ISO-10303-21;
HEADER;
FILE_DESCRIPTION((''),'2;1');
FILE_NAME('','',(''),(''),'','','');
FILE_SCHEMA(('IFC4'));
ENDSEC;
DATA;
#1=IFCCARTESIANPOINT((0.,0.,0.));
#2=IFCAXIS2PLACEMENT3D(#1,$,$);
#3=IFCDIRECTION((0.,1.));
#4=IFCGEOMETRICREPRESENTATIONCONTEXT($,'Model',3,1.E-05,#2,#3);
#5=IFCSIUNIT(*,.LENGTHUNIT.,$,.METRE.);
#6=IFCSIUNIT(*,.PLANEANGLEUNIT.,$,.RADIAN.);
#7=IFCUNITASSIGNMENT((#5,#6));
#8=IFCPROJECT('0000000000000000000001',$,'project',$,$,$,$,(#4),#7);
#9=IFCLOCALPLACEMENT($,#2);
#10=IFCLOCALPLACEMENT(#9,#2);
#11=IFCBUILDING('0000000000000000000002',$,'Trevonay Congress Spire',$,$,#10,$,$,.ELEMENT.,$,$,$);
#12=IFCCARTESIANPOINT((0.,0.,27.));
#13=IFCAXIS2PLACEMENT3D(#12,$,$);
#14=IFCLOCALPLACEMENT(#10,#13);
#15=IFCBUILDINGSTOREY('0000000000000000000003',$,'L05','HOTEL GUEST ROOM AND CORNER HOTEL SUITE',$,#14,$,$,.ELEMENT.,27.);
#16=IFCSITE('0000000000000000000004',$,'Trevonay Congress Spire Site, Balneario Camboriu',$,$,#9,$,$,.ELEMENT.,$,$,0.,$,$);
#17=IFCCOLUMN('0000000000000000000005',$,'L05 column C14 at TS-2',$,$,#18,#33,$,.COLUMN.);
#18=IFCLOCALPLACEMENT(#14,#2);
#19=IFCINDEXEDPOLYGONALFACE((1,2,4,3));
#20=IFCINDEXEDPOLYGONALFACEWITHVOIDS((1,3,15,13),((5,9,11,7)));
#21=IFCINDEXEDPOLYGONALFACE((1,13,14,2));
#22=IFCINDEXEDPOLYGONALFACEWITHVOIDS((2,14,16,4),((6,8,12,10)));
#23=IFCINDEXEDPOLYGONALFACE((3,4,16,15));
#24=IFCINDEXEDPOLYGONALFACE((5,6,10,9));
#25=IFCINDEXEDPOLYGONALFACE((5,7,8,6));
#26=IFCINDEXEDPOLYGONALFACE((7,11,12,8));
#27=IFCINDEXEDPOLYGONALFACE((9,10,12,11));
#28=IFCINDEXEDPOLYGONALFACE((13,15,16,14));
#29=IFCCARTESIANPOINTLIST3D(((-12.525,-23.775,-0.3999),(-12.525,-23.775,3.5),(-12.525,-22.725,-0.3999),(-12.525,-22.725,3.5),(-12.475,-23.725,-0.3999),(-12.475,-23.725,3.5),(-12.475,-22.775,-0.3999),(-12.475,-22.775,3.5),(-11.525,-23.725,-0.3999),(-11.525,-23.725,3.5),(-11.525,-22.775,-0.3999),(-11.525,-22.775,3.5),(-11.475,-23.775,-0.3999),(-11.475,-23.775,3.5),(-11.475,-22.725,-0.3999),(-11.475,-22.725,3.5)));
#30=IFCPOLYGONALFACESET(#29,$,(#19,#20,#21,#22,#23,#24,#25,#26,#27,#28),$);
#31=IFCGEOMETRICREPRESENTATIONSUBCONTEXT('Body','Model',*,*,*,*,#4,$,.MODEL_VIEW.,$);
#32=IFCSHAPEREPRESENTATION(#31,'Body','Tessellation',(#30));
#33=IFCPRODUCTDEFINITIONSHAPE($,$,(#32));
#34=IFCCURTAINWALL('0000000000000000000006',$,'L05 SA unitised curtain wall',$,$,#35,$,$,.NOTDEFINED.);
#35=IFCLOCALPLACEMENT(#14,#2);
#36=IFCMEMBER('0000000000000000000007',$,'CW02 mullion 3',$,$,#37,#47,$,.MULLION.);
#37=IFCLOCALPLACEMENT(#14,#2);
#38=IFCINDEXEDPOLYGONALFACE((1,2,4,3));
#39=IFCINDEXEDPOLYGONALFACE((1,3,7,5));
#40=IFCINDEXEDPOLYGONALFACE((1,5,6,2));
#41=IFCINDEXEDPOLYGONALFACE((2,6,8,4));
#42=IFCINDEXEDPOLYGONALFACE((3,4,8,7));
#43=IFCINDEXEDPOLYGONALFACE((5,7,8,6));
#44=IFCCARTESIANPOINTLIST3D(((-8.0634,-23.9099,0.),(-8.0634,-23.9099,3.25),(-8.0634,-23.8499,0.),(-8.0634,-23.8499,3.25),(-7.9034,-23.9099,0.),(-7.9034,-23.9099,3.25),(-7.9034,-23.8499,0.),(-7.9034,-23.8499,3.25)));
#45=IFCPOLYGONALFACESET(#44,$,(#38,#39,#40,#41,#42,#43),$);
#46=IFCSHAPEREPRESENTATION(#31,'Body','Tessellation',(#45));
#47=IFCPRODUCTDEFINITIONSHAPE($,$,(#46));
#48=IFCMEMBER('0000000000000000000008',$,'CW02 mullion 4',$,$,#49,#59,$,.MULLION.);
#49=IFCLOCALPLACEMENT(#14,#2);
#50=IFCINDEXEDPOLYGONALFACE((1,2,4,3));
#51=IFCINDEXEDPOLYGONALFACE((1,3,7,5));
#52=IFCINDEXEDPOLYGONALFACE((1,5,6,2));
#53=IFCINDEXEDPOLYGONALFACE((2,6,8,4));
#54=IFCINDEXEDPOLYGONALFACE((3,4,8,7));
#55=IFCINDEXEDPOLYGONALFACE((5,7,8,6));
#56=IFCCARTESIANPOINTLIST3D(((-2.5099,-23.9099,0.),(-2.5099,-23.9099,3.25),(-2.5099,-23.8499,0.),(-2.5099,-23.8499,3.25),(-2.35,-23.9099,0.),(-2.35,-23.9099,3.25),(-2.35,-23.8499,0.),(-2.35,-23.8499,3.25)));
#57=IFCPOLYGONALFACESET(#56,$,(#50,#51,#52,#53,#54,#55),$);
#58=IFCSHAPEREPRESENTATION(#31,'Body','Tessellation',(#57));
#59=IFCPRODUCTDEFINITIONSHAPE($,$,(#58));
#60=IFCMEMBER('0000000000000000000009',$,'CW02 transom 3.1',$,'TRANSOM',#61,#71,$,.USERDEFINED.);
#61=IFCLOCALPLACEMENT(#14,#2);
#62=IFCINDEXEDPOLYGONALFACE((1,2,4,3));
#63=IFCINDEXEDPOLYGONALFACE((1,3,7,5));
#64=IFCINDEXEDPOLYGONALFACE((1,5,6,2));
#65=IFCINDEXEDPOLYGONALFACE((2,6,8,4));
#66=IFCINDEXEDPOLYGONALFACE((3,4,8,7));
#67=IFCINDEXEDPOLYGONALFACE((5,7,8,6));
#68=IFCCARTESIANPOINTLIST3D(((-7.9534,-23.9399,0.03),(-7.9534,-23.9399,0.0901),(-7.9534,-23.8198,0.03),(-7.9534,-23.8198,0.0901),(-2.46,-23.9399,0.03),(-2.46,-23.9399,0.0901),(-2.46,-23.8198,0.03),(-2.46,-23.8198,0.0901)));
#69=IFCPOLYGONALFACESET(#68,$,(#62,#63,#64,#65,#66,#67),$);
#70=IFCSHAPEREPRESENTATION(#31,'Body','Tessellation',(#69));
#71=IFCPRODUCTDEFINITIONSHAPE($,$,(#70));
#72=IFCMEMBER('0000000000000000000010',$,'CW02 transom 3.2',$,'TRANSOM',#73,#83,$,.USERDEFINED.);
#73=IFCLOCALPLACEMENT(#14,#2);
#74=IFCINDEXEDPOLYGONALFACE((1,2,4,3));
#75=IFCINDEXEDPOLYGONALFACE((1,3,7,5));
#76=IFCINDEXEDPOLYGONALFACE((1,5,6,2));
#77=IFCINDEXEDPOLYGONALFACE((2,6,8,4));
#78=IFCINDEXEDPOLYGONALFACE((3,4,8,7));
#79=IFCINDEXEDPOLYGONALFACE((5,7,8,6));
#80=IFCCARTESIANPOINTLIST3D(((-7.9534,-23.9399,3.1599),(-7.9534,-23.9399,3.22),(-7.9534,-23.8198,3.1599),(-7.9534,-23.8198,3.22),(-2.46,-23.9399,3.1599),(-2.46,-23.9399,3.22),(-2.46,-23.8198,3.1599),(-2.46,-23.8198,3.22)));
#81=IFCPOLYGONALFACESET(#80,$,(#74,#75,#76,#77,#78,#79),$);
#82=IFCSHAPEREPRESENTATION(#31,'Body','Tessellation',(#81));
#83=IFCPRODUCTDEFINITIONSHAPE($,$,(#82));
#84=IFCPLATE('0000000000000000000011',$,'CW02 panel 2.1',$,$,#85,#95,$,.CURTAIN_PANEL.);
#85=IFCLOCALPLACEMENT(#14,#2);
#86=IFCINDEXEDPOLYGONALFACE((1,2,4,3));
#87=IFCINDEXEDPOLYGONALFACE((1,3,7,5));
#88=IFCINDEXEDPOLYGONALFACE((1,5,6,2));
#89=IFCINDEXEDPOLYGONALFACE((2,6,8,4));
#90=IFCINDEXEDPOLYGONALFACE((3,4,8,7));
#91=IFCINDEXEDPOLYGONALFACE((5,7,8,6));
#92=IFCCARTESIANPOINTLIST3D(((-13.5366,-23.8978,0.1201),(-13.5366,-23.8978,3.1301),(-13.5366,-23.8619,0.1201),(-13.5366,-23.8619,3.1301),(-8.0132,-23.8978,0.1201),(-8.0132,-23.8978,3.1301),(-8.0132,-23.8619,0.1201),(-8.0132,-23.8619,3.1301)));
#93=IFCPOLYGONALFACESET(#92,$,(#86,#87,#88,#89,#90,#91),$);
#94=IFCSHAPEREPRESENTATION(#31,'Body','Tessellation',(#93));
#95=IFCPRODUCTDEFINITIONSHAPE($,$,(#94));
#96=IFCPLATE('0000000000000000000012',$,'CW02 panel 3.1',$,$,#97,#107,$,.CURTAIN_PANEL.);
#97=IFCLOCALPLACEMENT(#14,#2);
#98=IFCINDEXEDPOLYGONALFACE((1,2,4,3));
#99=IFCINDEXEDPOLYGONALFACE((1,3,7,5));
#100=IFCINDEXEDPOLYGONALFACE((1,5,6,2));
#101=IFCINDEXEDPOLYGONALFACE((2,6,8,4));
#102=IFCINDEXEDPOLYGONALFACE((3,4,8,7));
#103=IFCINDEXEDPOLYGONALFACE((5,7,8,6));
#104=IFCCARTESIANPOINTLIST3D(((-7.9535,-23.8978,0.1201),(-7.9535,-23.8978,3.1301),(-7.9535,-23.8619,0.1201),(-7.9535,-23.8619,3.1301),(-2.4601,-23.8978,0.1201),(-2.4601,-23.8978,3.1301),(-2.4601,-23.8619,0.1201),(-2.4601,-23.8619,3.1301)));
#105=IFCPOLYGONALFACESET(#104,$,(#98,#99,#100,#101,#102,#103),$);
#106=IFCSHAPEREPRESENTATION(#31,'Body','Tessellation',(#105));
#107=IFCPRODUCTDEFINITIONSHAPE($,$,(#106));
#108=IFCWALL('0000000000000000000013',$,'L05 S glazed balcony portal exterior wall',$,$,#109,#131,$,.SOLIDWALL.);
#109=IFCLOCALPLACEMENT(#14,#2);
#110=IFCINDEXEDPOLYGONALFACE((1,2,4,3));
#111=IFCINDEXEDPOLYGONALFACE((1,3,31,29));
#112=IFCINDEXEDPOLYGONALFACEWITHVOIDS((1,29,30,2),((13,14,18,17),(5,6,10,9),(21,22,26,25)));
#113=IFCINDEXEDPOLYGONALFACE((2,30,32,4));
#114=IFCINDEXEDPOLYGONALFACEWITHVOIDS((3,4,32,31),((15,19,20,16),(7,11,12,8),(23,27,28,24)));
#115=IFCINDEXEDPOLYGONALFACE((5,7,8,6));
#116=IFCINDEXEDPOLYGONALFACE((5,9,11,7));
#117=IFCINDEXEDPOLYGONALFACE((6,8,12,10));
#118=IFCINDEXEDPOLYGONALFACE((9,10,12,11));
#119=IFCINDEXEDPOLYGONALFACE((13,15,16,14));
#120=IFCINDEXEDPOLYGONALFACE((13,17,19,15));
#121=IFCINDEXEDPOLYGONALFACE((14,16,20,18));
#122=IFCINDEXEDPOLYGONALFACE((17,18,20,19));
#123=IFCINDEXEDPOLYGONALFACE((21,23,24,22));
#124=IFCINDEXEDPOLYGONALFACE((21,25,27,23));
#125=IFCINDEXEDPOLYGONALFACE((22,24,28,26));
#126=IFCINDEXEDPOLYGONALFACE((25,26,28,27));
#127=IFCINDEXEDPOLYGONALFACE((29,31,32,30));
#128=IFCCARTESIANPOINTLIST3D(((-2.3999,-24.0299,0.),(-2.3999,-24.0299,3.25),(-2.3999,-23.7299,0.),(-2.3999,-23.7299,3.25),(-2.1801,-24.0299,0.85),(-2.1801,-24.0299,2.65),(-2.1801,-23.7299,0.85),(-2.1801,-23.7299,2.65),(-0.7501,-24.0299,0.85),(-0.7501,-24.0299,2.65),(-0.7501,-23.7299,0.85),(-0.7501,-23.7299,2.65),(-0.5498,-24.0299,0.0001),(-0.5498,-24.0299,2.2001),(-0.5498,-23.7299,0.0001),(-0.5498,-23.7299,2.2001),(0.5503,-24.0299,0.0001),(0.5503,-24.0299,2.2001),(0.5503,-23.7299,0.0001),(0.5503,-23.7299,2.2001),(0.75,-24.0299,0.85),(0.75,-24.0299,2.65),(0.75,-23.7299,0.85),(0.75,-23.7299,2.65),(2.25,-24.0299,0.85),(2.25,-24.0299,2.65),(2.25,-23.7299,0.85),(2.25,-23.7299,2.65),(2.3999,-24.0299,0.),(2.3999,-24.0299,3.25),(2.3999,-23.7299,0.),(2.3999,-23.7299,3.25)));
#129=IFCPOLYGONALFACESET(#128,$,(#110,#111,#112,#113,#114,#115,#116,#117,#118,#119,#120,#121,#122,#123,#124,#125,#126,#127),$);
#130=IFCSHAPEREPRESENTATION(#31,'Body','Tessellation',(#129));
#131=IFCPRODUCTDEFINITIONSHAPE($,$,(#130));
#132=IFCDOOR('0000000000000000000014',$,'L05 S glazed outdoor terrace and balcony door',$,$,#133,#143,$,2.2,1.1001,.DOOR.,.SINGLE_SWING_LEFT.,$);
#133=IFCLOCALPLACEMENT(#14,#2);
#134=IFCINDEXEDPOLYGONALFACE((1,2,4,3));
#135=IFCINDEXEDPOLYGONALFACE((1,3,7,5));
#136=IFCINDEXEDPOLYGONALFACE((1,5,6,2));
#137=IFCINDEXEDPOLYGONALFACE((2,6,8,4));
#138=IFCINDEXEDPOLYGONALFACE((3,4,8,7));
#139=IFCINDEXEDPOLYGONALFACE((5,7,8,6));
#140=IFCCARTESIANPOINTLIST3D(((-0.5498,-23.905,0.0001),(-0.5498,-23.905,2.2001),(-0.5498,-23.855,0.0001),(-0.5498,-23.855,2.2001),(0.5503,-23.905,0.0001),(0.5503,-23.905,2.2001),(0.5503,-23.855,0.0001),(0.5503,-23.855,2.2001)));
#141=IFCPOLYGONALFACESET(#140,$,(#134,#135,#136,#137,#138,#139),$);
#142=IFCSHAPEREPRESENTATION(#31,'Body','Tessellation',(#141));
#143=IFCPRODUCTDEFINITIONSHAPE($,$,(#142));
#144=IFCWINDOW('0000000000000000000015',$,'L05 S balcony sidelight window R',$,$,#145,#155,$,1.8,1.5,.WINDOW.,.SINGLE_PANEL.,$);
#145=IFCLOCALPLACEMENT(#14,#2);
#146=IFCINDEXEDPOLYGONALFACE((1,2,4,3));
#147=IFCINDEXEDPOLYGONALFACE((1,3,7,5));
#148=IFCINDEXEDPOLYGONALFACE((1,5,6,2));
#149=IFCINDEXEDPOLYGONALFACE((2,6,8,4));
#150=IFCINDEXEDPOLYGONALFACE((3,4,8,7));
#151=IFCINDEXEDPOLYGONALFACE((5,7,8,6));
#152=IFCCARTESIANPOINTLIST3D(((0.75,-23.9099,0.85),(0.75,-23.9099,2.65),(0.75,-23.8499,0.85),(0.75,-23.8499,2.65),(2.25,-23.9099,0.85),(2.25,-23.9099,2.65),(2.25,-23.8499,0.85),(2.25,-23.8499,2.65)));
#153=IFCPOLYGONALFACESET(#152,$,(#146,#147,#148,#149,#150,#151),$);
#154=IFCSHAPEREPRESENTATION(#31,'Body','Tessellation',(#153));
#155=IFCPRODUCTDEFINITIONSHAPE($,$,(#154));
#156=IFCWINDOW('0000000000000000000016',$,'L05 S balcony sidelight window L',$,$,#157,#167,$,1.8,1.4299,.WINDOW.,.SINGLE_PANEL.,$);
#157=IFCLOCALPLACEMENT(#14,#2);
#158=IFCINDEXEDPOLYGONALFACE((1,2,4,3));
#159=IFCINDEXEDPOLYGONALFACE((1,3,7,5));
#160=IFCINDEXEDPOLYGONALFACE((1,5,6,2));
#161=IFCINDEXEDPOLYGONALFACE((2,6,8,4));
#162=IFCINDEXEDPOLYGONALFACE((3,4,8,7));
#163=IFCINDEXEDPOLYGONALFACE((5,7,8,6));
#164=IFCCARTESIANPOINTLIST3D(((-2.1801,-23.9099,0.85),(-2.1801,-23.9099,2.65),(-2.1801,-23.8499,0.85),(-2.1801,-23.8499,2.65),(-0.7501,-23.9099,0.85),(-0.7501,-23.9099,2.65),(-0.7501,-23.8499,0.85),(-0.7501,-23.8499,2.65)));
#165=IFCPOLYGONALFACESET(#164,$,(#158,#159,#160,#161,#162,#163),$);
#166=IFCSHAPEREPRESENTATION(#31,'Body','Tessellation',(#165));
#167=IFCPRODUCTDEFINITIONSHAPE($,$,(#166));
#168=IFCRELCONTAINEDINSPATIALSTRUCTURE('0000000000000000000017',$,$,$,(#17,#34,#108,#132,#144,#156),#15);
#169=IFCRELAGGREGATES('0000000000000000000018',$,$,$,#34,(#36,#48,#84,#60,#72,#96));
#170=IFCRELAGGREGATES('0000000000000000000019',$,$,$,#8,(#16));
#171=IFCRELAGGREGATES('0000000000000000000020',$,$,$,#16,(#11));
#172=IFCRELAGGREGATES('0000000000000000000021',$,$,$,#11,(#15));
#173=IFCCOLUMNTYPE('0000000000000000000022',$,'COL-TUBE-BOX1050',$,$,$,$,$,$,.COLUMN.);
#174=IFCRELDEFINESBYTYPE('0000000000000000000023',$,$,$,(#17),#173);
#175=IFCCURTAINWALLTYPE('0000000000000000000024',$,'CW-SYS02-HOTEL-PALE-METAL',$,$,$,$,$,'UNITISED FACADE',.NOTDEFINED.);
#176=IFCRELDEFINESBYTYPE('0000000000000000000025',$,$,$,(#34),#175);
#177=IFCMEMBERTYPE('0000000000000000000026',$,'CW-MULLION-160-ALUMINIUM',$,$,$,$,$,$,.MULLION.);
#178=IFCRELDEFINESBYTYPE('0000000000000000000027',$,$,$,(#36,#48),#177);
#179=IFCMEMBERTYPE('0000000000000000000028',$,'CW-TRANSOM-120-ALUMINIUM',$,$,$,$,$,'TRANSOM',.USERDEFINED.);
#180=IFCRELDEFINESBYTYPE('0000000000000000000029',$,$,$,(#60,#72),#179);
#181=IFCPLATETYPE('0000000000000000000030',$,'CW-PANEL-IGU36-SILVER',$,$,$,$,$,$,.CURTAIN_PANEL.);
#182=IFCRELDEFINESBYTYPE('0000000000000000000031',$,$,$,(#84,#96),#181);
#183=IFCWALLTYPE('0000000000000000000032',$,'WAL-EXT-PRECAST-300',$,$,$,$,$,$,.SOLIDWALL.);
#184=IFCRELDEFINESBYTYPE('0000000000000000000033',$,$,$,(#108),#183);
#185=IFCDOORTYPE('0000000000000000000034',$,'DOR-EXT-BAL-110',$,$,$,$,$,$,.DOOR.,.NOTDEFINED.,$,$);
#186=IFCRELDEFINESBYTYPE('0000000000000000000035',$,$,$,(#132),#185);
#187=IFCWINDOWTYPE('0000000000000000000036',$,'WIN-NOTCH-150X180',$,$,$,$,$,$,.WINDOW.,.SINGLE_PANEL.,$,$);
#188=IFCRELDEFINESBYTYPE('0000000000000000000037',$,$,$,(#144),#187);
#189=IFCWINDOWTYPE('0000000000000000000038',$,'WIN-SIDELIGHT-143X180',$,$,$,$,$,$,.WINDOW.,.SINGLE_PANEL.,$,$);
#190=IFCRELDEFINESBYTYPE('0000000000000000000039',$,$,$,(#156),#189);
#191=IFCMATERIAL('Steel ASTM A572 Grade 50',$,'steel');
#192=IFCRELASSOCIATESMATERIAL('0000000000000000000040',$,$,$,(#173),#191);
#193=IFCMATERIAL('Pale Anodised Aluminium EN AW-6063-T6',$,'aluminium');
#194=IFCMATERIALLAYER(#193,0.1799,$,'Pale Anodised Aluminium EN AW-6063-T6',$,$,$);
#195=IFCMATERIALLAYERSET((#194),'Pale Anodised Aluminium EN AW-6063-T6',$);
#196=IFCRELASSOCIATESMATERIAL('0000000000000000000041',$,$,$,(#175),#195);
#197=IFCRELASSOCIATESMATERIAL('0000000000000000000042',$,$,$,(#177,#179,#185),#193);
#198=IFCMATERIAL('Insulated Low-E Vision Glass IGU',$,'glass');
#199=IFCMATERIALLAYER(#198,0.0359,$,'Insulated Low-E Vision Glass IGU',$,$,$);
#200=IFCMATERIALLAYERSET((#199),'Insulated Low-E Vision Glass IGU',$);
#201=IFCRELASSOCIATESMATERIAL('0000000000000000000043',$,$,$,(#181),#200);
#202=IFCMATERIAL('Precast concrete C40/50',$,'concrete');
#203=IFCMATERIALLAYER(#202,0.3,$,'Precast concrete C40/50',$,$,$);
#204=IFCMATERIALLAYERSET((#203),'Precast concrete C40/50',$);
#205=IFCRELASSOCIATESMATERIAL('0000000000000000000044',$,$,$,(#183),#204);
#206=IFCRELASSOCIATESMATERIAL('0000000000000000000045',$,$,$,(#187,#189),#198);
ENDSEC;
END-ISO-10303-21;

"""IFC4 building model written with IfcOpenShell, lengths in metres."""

from ifc_helpers import new_model, si_unit, direction, frame, frame_2d, origin, origin_2d, place, context, subcontext, project, spatial, rectangle, hollow_rectangle, extrude, material, layer, layer_set, material_profile, profile_set, type_object, element, fill, aggregate, save


model = new_model("IFC4")

# Units and contexts
model_context = context("Model", 3, precision=1e-05, world=origin(), true_north=direction((0.0, 1.0)))
body_context = subcontext(model_context, "Body", "Model", "MODEL_VIEW")
ifc_project = project(units=[si_unit("LENGTHUNIT", "METRE"), si_unit("PLANEANGLEUNIT", "RADIAN")], contexts=[model_context])

# Site, building, storey
site_placement = place(None, origin())
site = spatial("IfcSite", under=ifc_project, at=site_placement, Name="Trevonay Congress Spire Site, Balneario Camboriu", CompositionType="ELEMENT", RefElevation=0.0)
building_placement = place(site_placement, origin())
building = spatial("IfcBuilding", under=site, at=building_placement, Name="Trevonay Congress Spire", CompositionType="ELEMENT")
storey_placement = place(building_placement, frame((0.0, 0.0, 27.0)))
storey = spatial("IfcBuildingStorey", under=building, at=storey_placement, Name="L05", Description="HOTEL GUEST ROOM AND CORNER HOTEL SUITE", CompositionType="ELEMENT", Elevation=27.0)

# Column
ifc_material_1 = material(Name="Steel ASTM A572 Grade 50", Category="steel")
ifc_material_profile_1 = material_profile(ifc_material_1, hollow_rectangle(XDim=1.05, YDim=1.05, WallThickness=0.05, at=origin_2d()), Name="BOX 1050x1050x50")
ifc_profile_set_1 = profile_set([ifc_material_profile_1], Name="Steel ASTM A572 Grade 50")
column_type = type_object("IfcColumnType", Name="COL-TUBE-BOX1050", PredefinedType="COLUMN", material=ifc_profile_set_1)
column_placement = place(storey_placement, frame((-12.0, -23.25, -0.3999), z_axis=(0.0, 0.0, 1.0), x_axis=(1.0, 0.0, 0.0)))
element("IfcColumn", 1, at=column_placement, inside=storey, type_object=column_type, Name="L05 column C14 at TS-2", PredefinedType="COLUMN", context=body_context, shape_type="SweptSolid", body=[
    extrude(hollow_rectangle(XDim=1.05, YDim=1.05, WallThickness=0.05, at=origin_2d()), origin(), (0.0, 0.0, 1.0), 3.8999),
])

# Curtain wall, members, plates
ifc_material_2 = material(Name="Pale Anodised Aluminium EN AW-6063-T6", Category="aluminium")
ifc_layer_1 = layer(ifc_material_2, 0.1799, Name="Pale Anodised Aluminium EN AW-6063-T6")
ifc_layer_set_1 = layer_set([ifc_layer_1], Name="Pale Anodised Aluminium EN AW-6063-T6")
curtain_wall_type = type_object("IfcCurtainWallType", Name="CW-SYS02-HOTEL-PALE-METAL", ElementType="UNITISED FACADE", PredefinedType="NOTDEFINED", material=ifc_layer_set_1)
curtain_wall_placement = place(storey_placement, origin())
curtain_wall = element("IfcCurtainWall", 2, at=curtain_wall_placement, inside=storey, type_object=curtain_wall_type, Name="L05 SA unitised curtain wall", PredefinedType="NOTDEFINED")
ifc_material_profile_2 = material_profile(ifc_material_2, rectangle(XDim=0.0601, YDim=0.1599, at=origin_2d()), Name="CW-MULLION-160-ALUMINIUM")
ifc_profile_set_2 = profile_set([ifc_material_profile_2], Name="Pale Anodised Aluminium EN AW-6063-T6")
member_type_1 = type_object("IfcMemberType", Name="CW-MULLION-160-ALUMINIUM", PredefinedType="MULLION", material=ifc_profile_set_2)
member_1_placement = place(storey_placement, frame((-7.9834, -23.8799, 0.0), z_axis=(0.0, 0.0, 1.0), x_axis=(0.0, 1.0, 0.0)))
member_1 = element("IfcMember", 3, at=member_1_placement, type_object=member_type_1, Name="CW02 mullion 3", PredefinedType="MULLION", context=body_context, shape_type="SweptSolid", body=[
    extrude(rectangle(XDim=0.0601, YDim=0.1599, at=origin_2d()), origin(), (0.0, 0.0, 1.0), 3.25),
])
member_2_placement = place(storey_placement, frame((-2.4299, -23.8799, 0.0), z_axis=(0.0, 0.0, 1.0), x_axis=(0.0, 1.0, 0.0)))
member_2 = element("IfcMember", 4, at=member_2_placement, type_object=member_type_1, Name="CW02 mullion 4", PredefinedType="MULLION", context=body_context, shape_type="SweptSolid", body=[
    extrude(rectangle(XDim=0.0601, YDim=0.1599, at=origin_2d()), origin(), (0.0, 0.0, 1.0), 3.25),
])
ifc_material_profile_3 = material_profile(ifc_material_2, rectangle(XDim=0.1201, YDim=0.0601, at=origin_2d()), Name="CW-TRANSOM-120-ALUMINIUM")
ifc_profile_set_3 = profile_set([ifc_material_profile_3], Name="Pale Anodised Aluminium EN AW-6063-T6")
member_type_2 = type_object("IfcMemberType", Name="CW-TRANSOM-120-ALUMINIUM", ElementType="TRANSOM", PredefinedType="USERDEFINED", material=ifc_profile_set_3)
member_3_placement = place(storey_placement, frame((-7.9534, -23.8799, 0.0601), z_axis=(1.0, 0.0, 0.0), x_axis=(0.0, 1.0, 0.0)))
member_3 = element("IfcMember", 5, at=member_3_placement, type_object=member_type_2, Name="CW02 transom 3.1", ObjectType="TRANSOM", PredefinedType="USERDEFINED", context=body_context, shape_type="SweptSolid", body=[
    extrude(rectangle(XDim=0.1201, YDim=0.0601, at=origin_2d()), origin(), (0.0, 0.0, 1.0), 5.4934),
])
member_4_placement = place(storey_placement, frame((-7.9534, -23.8799, 3.1899), z_axis=(1.0, 0.0, 0.0), x_axis=(0.0, 1.0, 0.0)))
member_4 = element("IfcMember", 6, at=member_4_placement, type_object=member_type_2, Name="CW02 transom 3.2", ObjectType="TRANSOM", PredefinedType="USERDEFINED", context=body_context, shape_type="SweptSolid", body=[
    extrude(rectangle(XDim=0.1201, YDim=0.0601, at=origin_2d()), origin(), (0.0, 0.0, 1.0), 5.4934),
])
ifc_material_3 = material(Name="Insulated Low-E Vision Glass IGU", Category="glass")
ifc_layer_2 = layer(ifc_material_3, 0.0359, Name="Insulated Low-E Vision Glass IGU")
ifc_layer_set_2 = layer_set([ifc_layer_2], Name="Insulated Low-E Vision Glass IGU")
plate_type = type_object("IfcPlateType", Name="CW-PANEL-IGU36-SILVER", PredefinedType="CURTAIN_PANEL", material=ifc_layer_set_2)
plate_1_placement = place(storey_placement, frame((-10.7749, -23.8799, 0.1201), z_axis=(0.0, 0.0, 1.0), x_axis=(1.0, 0.0, 0.0)))
plate_1 = element("IfcPlate", 7, at=plate_1_placement, type_object=plate_type, Name="CW02 panel 2.1", PredefinedType="CURTAIN_PANEL", context=body_context, shape_type="SweptSolid", body=[
    extrude(rectangle(XDim=5.5234, YDim=0.0359, at=origin_2d()), origin(), (0.0, 0.0, 1.0), 3.01),
])
plate_2_placement = place(storey_placement, frame((-5.2068, -23.8799, 0.1201), z_axis=(0.0, 0.0, 1.0), x_axis=(1.0, 0.0, 0.0)))
plate_2 = element("IfcPlate", 8, at=plate_2_placement, type_object=plate_type, Name="CW02 panel 3.1", PredefinedType="CURTAIN_PANEL", context=body_context, shape_type="SweptSolid", body=[
    extrude(rectangle(XDim=5.4934, YDim=0.0359, at=origin_2d()), origin(), (0.0, 0.0, 1.0), 3.01),
])
aggregate(curtain_wall, [member_1, member_2, plate_1, member_3, member_4, plate_2])

# Wall, openings, door, windows
ifc_material_4 = material(Name="Precast concrete C40/50", Category="concrete")
ifc_layer_3 = layer(ifc_material_4, 0.3, Name="Precast concrete C40/50")
ifc_layer_set_3 = layer_set([ifc_layer_3], Name="Precast concrete C40/50")
wall_type_1 = type_object("IfcWallType", Name="WAL-EXT-PRECAST-300", PredefinedType="SOLIDWALL", material=ifc_layer_set_3)
wall_1_placement = place(storey_placement, frame((-2.3999, -23.8799, 0.0), z_axis=(0.0, 0.0, 1.0), x_axis=(1.0, 0.0, 0.0)))
wall_1 = element("IfcWall", 9, at=wall_1_placement, inside=storey, type_object=wall_type_1, Name="L05 S glazed balcony portal exterior wall", PredefinedType="SOLIDWALL", context=body_context, shape_type="SweptSolid", body=[
    extrude(rectangle(XDim=4.7998, YDim=0.3, at=frame_2d((2.3999, 0.0))), origin(), (0.0, 0.0, 1.0), 3.25),
])
opening_1_placement = place(wall_1_placement, frame((1.8501, 0.0, 0.0)))
opening_1 = element("IfcOpeningElement", 10, at=opening_1_placement, cuts=wall_1, PredefinedType="OPENING", context=body_context, shape_type="SweptSolid", body=[
    extrude(rectangle(XDim=1.1001, YDim=2.2, at=frame_2d((0.55, 1.1001))), frame((0.0, 0.1602, 0.0), z_axis=(0.0, -1.0, 0.0), x_axis=(1.0, 0.0, 0.0)), (0.0, 0.0, 1.0), 0.3201),
])
opening_2_placement = place(wall_1_placement, frame((0.22, 0.0, 0.8501)))
opening_2 = element("IfcOpeningElement", 11, at=opening_2_placement, cuts=wall_1, PredefinedType="OPENING", context=body_context, shape_type="SweptSolid", body=[
    extrude(rectangle(XDim=1.4299, YDim=1.8, at=frame_2d((0.7148, 0.8999))), frame((0.0, 0.1602, 0.0), z_axis=(0.0, -1.0, 0.0), x_axis=(1.0, 0.0, 0.0)), (0.0, 0.0, 1.0), 0.3201),
])
opening_3_placement = place(wall_1_placement, frame((3.1499, 0.0, 0.8501)))
opening_3 = element("IfcOpeningElement", 12, at=opening_3_placement, cuts=wall_1, PredefinedType="OPENING", context=body_context, shape_type="SweptSolid", body=[
    extrude(rectangle(XDim=1.5, YDim=1.8, at=frame_2d((0.75, 0.8999))), frame((0.0, 0.1602, 0.0), z_axis=(0.0, -1.0, 0.0), x_axis=(1.0, 0.0, 0.0)), (0.0, 0.0, 1.0), 0.3201),
])
door_type = type_object("IfcDoorType", Name="DOR-EXT-BAL-110", OperationType="NOTDEFINED", PredefinedType="DOOR", material=ifc_material_2)
door_placement = place(opening_1_placement, origin())
door = element("IfcDoor", 13, at=door_placement, inside=storey, type_object=door_type, Name="L05 S glazed outdoor terrace and balcony door", OperationType="SINGLE_SWING_LEFT", OverallHeight=2.2, OverallWidth=1.1001, PredefinedType="DOOR", context=body_context, shape_type="SweptSolid", body=[
    extrude(rectangle(XDim=1.1001, YDim=2.2, at=frame_2d((0.55, 1.1001))), frame((0.0, 0.0249, 0.0), z_axis=(0.0, -1.0, 0.0), x_axis=(1.0, 0.0, 0.0)), (0.0, 0.0, 1.0), 0.05),
])
fill(opening_1, door)
window_type_1 = type_object("IfcWindowType", Name="WIN-NOTCH-150X180", PartitioningType="SINGLE_PANEL", PredefinedType="WINDOW", material=ifc_material_3)
window_1_placement = place(opening_3_placement, origin())
window_1 = element("IfcWindow", 14, at=window_1_placement, inside=storey, type_object=window_type_1, Name="L05 S balcony sidelight window R", OverallHeight=1.8, OverallWidth=1.5, PartitioningType="SINGLE_PANEL", PredefinedType="WINDOW", context=body_context, shape_type="SweptSolid", body=[
    extrude(rectangle(XDim=1.5, YDim=1.8, at=frame_2d((0.75, 0.8999))), frame((0.0, 0.03, 0.0), z_axis=(0.0, -1.0, 0.0), x_axis=(1.0, 0.0, 0.0)), (0.0, 0.0, 1.0), 0.0601),
])
fill(opening_3, window_1)
window_type_2 = type_object("IfcWindowType", Name="WIN-SIDELIGHT-143X180", PartitioningType="SINGLE_PANEL", PredefinedType="WINDOW", material=ifc_material_3)
window_2_placement = place(opening_2_placement, origin())
window_2 = element("IfcWindow", 15, at=window_2_placement, inside=storey, type_object=window_type_2, Name="L05 S balcony sidelight window L", OverallHeight=1.8, OverallWidth=1.4299, PartitioningType="SINGLE_PANEL", PredefinedType="WINDOW", context=body_context, shape_type="SweptSolid", body=[
    extrude(rectangle(XDim=1.4299, YDim=1.8, at=frame_2d((0.7148, 0.8999))), frame((0.0, 0.03, 0.0), z_axis=(0.0, -1.0, 0.0), x_axis=(1.0, 0.0, 0.0)), (0.0, 0.0, 1.0), 0.0601),
])
fill(opening_2, window_2)

save(model, "model.ifc")
